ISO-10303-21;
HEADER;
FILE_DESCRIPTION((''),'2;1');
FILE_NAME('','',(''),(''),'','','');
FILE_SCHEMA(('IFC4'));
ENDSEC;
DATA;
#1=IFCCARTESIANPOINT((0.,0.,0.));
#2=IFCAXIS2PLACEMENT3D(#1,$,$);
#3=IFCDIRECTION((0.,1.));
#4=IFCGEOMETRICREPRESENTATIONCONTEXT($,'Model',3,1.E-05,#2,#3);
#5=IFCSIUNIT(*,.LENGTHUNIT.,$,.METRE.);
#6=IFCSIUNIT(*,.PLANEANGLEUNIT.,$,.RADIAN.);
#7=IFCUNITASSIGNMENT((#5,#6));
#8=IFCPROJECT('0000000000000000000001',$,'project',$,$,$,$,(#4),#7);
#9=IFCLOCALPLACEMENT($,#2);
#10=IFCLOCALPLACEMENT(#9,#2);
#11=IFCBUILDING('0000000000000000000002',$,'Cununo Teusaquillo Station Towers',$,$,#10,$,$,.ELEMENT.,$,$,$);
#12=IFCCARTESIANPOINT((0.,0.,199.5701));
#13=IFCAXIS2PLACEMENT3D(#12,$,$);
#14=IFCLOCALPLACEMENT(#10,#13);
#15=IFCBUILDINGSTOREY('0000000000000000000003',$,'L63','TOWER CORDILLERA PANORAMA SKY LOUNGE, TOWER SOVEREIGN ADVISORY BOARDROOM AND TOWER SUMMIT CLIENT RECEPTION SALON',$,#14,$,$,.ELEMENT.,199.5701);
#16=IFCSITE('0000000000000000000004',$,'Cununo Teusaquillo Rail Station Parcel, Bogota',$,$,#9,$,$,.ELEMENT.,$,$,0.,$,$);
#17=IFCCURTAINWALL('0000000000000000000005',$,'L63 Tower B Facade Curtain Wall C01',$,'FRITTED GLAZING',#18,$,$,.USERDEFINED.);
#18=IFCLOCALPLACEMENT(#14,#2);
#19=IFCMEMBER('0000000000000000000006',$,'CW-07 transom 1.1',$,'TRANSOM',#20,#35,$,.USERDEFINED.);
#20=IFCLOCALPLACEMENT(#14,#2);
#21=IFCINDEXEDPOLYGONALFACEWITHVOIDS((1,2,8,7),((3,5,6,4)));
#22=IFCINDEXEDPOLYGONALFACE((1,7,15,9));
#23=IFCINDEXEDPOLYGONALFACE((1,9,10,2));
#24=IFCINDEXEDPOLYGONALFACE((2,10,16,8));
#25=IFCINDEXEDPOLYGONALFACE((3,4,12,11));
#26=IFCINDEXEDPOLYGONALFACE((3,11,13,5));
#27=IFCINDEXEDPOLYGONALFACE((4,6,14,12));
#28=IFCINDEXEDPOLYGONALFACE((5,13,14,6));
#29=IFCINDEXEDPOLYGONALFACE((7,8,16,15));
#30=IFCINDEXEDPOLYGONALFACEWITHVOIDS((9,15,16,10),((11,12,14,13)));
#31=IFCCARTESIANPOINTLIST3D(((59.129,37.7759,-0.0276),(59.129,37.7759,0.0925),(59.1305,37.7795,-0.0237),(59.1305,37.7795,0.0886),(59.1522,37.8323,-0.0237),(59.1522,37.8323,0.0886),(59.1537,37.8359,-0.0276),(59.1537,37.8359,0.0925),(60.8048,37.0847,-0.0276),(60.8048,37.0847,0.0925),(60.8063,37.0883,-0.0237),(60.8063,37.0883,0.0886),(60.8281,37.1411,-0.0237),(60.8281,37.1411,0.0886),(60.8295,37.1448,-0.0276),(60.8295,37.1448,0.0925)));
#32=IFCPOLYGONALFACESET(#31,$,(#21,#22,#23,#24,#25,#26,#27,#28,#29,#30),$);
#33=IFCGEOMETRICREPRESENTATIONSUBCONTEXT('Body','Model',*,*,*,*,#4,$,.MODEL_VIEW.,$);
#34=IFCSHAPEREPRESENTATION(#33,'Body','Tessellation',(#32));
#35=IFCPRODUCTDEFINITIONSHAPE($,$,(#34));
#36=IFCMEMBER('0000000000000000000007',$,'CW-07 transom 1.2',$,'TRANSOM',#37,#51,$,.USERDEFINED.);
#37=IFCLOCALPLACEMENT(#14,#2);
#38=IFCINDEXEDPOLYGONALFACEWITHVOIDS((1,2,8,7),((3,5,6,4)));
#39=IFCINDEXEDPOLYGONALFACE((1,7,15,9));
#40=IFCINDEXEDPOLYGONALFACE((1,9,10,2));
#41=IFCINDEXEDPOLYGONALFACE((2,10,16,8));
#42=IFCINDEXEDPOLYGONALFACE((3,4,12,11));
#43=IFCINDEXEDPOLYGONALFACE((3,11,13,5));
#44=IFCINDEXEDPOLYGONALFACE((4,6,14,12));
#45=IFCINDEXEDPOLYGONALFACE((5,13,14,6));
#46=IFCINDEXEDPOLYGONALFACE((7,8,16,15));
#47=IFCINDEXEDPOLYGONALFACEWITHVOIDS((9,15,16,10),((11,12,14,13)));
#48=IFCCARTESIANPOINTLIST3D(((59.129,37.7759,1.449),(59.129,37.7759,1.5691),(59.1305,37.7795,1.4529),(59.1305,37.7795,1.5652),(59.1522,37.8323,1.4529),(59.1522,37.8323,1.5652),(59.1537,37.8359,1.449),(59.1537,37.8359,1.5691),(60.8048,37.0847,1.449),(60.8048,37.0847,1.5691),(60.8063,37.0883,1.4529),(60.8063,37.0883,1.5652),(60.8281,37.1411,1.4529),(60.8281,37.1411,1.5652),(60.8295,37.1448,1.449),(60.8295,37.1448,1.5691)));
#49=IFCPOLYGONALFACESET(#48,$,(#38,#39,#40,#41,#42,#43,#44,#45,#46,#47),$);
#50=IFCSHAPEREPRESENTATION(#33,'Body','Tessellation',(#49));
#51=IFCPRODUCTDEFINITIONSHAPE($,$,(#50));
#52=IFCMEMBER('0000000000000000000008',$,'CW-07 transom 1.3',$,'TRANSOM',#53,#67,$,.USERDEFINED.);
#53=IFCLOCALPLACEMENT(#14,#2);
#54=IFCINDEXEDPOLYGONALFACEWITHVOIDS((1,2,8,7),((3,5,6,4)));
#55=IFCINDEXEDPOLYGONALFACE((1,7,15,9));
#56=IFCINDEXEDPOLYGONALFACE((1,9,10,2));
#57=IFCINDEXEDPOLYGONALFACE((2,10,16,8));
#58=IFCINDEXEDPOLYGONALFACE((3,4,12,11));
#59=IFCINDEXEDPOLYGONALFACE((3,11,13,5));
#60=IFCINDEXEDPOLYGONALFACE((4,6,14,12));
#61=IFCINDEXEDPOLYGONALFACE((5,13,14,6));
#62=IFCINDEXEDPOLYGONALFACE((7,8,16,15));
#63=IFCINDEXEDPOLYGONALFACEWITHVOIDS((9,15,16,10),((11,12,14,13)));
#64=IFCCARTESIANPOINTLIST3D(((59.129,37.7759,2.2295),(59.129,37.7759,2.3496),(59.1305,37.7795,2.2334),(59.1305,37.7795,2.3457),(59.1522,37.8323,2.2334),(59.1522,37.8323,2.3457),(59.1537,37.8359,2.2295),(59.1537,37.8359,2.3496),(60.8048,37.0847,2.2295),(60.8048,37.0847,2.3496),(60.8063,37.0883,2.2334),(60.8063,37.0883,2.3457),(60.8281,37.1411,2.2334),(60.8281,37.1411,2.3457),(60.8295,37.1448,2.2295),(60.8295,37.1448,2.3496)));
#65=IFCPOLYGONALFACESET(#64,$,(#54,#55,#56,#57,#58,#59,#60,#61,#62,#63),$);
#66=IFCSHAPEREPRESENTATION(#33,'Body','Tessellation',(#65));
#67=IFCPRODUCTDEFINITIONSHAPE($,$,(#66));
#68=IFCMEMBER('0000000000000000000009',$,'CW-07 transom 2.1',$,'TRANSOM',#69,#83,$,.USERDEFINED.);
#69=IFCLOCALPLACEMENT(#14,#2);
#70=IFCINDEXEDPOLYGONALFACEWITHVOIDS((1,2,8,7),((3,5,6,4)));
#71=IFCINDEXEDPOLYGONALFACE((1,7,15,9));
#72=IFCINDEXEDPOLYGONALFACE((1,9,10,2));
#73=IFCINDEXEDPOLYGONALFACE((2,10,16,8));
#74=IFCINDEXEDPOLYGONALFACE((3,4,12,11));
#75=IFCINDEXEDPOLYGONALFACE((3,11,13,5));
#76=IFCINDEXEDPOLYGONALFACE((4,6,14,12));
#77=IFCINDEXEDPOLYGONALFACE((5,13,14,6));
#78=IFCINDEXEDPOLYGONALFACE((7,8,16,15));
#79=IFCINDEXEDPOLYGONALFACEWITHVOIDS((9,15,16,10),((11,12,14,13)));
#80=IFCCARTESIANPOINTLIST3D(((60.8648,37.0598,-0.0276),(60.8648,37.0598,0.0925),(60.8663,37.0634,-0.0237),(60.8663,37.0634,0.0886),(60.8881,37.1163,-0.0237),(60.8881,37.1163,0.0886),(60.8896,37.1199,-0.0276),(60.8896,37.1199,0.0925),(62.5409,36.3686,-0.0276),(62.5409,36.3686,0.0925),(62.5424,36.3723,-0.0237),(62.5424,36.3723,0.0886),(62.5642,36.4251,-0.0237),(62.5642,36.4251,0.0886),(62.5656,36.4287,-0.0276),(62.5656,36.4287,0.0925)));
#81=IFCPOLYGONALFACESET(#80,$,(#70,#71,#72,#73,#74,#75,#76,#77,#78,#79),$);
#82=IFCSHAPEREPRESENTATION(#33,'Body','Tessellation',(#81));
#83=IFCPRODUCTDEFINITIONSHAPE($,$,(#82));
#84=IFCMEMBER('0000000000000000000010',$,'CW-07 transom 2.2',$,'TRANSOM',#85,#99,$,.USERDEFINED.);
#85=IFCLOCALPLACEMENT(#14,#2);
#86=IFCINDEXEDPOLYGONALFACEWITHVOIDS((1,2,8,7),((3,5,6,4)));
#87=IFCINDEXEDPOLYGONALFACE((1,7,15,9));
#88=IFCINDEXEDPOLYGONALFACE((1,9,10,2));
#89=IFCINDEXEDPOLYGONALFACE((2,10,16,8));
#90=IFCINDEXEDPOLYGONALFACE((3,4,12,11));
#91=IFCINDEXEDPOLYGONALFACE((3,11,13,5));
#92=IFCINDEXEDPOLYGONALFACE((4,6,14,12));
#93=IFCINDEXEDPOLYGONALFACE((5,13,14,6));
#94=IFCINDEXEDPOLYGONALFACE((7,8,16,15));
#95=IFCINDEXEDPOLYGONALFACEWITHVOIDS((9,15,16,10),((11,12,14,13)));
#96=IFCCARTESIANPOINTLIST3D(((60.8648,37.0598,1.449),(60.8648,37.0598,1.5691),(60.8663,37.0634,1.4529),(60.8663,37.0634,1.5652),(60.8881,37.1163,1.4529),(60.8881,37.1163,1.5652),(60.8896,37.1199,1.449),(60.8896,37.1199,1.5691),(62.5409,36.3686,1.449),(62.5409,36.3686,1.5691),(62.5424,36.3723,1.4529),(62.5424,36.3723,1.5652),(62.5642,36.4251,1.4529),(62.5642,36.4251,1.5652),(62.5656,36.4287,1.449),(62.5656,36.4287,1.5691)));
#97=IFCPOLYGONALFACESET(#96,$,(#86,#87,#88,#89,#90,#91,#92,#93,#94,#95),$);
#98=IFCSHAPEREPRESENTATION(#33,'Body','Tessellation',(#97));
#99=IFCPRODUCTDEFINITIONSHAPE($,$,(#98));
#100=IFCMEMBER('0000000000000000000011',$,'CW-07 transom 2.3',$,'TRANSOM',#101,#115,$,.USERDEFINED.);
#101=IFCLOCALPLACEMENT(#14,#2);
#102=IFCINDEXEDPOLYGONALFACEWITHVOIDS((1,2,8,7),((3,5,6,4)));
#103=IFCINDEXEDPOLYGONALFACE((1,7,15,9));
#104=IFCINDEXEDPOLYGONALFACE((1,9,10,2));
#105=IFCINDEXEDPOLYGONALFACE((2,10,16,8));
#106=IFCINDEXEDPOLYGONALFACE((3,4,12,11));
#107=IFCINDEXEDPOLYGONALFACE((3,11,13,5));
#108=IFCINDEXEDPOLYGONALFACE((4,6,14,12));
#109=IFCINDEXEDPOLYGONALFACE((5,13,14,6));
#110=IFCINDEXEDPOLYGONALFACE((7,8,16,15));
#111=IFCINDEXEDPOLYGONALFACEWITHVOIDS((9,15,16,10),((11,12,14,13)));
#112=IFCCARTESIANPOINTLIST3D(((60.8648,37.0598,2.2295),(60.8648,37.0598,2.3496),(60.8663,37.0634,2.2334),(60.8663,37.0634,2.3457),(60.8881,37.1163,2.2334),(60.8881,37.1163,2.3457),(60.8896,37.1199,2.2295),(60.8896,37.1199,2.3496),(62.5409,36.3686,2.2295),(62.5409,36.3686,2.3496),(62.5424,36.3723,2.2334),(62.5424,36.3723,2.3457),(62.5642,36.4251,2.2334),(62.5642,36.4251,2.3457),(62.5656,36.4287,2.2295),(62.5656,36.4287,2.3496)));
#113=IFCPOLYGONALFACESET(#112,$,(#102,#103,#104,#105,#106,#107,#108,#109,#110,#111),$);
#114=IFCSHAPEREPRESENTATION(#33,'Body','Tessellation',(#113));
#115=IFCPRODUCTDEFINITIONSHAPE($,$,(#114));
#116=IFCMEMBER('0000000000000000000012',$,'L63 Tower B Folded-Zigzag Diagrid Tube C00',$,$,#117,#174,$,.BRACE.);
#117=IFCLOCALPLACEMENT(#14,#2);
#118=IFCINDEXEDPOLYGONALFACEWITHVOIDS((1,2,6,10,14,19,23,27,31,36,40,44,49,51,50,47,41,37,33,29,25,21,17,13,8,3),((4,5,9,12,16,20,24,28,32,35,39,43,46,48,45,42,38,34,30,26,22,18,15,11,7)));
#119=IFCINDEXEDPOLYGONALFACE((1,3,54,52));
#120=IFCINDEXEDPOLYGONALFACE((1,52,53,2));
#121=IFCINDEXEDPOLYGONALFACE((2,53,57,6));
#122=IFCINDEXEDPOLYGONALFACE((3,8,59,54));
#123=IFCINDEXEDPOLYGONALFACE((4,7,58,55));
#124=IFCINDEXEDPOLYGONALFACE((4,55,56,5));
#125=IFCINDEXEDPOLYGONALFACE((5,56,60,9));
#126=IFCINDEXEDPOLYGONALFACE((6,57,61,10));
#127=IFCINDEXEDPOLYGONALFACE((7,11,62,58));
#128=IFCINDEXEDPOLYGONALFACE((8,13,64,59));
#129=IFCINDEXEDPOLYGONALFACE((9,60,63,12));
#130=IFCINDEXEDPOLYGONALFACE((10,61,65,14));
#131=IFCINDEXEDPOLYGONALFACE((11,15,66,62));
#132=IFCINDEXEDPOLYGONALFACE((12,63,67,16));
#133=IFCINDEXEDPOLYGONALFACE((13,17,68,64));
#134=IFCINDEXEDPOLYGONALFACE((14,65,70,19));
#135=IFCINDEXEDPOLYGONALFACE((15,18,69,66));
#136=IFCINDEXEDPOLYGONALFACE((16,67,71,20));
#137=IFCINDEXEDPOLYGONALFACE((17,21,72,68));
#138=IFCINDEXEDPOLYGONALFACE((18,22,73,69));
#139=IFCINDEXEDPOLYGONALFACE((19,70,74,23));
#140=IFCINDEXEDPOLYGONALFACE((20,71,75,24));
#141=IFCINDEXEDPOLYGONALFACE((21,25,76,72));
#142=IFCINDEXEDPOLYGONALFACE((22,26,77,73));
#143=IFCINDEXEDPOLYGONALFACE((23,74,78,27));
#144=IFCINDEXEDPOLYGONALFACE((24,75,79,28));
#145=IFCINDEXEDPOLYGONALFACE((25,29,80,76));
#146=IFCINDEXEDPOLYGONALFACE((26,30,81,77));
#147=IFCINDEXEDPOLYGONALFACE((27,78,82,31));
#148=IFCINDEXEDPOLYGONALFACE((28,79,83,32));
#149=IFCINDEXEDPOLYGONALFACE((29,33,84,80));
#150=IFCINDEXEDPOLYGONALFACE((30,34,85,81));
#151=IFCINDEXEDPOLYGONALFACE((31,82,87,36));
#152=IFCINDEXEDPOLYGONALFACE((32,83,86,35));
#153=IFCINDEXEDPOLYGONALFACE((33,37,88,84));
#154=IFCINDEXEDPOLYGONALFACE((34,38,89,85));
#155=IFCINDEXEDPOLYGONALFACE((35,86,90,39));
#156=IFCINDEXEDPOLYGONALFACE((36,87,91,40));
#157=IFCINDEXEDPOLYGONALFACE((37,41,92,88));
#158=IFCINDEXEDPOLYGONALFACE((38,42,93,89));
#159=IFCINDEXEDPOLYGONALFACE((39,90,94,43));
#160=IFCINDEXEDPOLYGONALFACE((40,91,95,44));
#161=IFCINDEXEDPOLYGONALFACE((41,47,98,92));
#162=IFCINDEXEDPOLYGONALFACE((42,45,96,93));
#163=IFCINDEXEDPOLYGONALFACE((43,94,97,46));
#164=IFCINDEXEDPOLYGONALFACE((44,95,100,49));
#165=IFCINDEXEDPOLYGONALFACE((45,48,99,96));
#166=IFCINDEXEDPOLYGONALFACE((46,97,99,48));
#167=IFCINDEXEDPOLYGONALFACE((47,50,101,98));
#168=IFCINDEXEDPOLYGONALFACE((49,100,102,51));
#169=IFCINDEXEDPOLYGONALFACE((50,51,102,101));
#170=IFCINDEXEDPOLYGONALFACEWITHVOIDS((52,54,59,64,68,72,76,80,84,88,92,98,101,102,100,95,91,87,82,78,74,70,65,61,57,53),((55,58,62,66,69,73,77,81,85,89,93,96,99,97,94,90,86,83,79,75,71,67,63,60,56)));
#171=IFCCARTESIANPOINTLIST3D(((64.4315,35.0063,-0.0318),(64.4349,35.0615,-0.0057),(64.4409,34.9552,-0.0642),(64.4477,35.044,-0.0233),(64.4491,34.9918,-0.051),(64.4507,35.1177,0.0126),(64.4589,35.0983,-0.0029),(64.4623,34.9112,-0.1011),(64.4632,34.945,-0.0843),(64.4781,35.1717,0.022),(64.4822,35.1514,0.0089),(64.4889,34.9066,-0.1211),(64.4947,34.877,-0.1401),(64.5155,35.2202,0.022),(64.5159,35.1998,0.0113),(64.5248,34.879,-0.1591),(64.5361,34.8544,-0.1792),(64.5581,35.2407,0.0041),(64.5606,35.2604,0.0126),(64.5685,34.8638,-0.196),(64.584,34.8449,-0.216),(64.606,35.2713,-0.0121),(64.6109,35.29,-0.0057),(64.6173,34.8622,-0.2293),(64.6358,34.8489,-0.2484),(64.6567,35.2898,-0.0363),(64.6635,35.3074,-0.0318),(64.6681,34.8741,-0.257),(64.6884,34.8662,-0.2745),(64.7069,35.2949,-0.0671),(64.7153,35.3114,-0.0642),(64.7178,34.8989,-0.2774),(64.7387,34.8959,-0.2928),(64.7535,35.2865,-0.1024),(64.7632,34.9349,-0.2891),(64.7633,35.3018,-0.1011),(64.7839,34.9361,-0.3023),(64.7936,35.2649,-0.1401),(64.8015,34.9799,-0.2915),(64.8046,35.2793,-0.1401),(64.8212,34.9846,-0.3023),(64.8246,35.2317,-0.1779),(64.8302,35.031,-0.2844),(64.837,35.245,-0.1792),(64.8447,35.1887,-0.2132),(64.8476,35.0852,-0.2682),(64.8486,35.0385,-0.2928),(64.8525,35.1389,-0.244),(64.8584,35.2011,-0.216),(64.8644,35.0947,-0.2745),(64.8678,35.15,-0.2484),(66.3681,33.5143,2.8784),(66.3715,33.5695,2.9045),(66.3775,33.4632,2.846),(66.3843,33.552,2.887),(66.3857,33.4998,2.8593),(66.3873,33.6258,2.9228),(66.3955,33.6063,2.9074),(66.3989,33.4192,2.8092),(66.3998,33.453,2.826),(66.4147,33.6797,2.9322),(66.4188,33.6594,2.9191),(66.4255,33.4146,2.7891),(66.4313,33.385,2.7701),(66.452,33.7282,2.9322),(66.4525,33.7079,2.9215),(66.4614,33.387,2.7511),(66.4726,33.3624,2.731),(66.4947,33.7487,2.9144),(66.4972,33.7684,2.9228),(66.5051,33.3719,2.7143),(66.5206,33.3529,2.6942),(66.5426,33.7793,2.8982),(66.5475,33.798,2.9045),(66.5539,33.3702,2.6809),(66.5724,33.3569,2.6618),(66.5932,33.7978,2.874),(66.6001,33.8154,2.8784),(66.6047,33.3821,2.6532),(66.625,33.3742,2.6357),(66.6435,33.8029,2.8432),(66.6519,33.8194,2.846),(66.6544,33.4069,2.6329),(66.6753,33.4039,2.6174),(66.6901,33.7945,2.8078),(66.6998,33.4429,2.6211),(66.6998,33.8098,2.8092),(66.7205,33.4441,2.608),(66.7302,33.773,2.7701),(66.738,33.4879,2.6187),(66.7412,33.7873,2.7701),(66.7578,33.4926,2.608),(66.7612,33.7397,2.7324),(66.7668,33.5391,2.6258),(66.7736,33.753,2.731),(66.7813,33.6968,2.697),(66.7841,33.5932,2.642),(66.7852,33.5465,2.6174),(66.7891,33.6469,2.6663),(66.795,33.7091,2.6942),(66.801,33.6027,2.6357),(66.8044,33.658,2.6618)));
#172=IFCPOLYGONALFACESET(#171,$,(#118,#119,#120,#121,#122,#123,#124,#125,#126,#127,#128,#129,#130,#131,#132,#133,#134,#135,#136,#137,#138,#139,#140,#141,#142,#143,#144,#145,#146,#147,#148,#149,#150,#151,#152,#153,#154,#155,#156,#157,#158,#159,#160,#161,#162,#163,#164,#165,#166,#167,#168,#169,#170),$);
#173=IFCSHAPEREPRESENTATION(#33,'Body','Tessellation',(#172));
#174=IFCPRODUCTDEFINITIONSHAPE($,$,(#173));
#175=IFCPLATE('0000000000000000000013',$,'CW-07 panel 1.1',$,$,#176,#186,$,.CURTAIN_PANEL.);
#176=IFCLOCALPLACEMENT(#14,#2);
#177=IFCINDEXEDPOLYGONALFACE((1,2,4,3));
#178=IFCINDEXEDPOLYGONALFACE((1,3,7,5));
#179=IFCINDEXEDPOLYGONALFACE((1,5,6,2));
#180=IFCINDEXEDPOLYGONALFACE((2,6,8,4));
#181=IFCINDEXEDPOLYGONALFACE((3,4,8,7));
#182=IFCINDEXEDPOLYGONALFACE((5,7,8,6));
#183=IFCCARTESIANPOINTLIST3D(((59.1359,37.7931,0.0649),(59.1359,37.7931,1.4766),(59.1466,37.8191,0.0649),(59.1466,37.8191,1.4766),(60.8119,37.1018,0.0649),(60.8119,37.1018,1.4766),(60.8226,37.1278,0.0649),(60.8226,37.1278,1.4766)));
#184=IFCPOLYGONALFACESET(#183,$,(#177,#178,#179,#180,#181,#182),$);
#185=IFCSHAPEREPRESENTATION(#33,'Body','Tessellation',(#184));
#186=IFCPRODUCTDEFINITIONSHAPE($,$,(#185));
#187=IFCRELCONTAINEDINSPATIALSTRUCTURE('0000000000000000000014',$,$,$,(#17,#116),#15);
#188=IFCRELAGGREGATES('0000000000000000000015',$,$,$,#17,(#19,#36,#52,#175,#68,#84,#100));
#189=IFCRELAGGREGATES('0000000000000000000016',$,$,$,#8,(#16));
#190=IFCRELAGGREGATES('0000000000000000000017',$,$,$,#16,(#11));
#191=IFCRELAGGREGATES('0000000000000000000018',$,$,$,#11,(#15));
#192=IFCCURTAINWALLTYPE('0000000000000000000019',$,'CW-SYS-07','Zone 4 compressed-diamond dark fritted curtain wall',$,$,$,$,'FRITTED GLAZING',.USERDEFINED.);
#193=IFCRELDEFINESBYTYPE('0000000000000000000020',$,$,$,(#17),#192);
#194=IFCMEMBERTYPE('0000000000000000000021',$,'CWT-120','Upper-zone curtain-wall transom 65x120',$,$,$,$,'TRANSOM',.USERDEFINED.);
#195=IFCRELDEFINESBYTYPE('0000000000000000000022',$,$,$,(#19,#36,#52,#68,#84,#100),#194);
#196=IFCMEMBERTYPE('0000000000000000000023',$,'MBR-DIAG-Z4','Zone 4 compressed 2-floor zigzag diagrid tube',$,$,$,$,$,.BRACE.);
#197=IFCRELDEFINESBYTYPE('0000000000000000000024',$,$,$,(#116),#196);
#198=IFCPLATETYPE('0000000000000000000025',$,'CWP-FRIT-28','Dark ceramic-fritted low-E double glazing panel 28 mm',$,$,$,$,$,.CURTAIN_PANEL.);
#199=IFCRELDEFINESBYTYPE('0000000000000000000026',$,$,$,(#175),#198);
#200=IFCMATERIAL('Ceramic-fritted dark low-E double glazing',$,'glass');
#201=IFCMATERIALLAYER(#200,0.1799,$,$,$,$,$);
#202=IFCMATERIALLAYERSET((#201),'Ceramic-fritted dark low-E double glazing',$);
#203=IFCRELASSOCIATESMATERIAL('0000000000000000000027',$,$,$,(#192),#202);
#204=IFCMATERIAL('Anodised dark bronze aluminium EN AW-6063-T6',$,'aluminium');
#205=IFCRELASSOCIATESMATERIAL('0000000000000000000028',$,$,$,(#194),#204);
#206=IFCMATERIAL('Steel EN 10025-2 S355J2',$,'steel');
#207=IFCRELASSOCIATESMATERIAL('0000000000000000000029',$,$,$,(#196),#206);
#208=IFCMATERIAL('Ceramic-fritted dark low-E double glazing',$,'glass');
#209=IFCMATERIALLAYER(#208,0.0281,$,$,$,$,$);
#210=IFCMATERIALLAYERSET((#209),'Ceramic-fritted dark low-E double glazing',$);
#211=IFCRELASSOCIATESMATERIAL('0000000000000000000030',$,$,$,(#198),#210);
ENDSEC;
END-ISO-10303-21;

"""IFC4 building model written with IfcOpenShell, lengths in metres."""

from ifc_helpers import new_model, si_unit, direction, frame, origin, origin_2d, place, context, subcontext, project, spatial, rectangle, hollow_rectangle, hollow_circle, extrude, source, transform, mapped, material, layer, layer_set, material_profile, profile_set, type_object, element, aggregate, save


model = new_model("IFC4")

# Units and contexts
model_context = context("Model", 3, precision=1e-05, world=origin(), true_north=direction((0.0, 1.0)))
body_context = subcontext(model_context, "Body", "Model", "MODEL_VIEW")
ifc_project = project(units=[si_unit("LENGTHUNIT", "METRE"), si_unit("PLANEANGLEUNIT", "RADIAN")], contexts=[model_context])

# Site, building, storey
site_placement = place(None, origin())
site = spatial("IfcSite", under=ifc_project, at=site_placement, Name="Cununo Teusaquillo Rail Station Parcel, Bogota", CompositionType="ELEMENT", RefElevation=0.0)
building_placement = place(site_placement, origin())
building = spatial("IfcBuilding", under=site, at=building_placement, Name="Cununo Teusaquillo Station Towers", CompositionType="ELEMENT")
storey_placement = place(building_placement, frame((0.0, 0.0, 199.5701)))
storey = spatial("IfcBuildingStorey", under=building, at=storey_placement, Name="L63", Description="TOWER CORDILLERA PANORAMA SKY LOUNGE, TOWER SOVEREIGN ADVISORY BOARDROOM AND TOWER SUMMIT CLIENT RECEPTION SALON", CompositionType="ELEMENT", Elevation=199.5701)

# Curtain wall, members
ifc_material_1 = material(Name="Ceramic-fritted dark low-E double glazing", Category="glass")
ifc_layer_1 = layer(ifc_material_1, 0.1799)
ifc_layer_set_1 = layer_set([ifc_layer_1], Name="Ceramic-fritted dark low-E double glazing")
curtain_wall_type = type_object("IfcCurtainWallType", Name="CW-SYS-07", Description="Zone 4 compressed-diamond dark fritted curtain wall", ElementType="FRITTED GLAZING", PredefinedType="USERDEFINED", material=ifc_layer_set_1)
curtain_wall_placement = place(storey_placement, origin())
curtain_wall = element("IfcCurtainWall", 1, at=curtain_wall_placement, inside=storey, type_object=curtain_wall_type, Name="L63 Tower B Facade Curtain Wall C01", ObjectType="FRITTED GLAZING", PredefinedType="USERDEFINED")
ifc_material_2 = material(Name="Anodised dark bronze aluminium EN AW-6063-T6", Category="aluminium")
ifc_material_profile_1 = material_profile(ifc_material_2, hollow_rectangle(XDim=0.0649, YDim=0.1201, WallThickness=0.0039, at=origin_2d()), Name="CW-TRAN-65x120")
ifc_profile_set_1 = profile_set([ifc_material_profile_1], Name="Anodised dark bronze aluminium EN AW-6063-T6")
member_type_1 = type_object("IfcMemberType", Name="CWT-120", Description="Upper-zone curtain-wall transom 65x120", ElementType="TRANSOM", PredefinedType="USERDEFINED", material=ifc_profile_set_1)
member_1_placement = place(storey_placement, frame((59.1414, 37.8059, 0.0325), z_axis=(0.924458, -0.381285, 0.0), x_axis=(0.381285, 0.924458, 0.0)))
member_1 = element("IfcMember", 2, at=member_1_placement, type_object=member_type_1, Name="CW-07 transom 1.1", ObjectType="TRANSOM", PredefinedType="USERDEFINED", context=body_context, shape_type="SweptSolid", body=[
    extrude(hollow_rectangle(XDim=0.0649, YDim=0.1201, WallThickness=0.0039, at=origin_2d()), origin(), (0.0, 0.0, 1.0), 1.8127),
])
member_2_placement = place(storey_placement, frame((59.1414, 37.8059, 1.509), z_axis=(0.924458, -0.381285, 0.0), x_axis=(0.381285, 0.924458, 0.0)))
member_2 = element("IfcMember", 3, at=member_2_placement, type_object=member_type_1, Name="CW-07 transom 1.2", ObjectType="TRANSOM", PredefinedType="USERDEFINED", context=body_context, shape_type="SweptSolid", body=[
    extrude(hollow_rectangle(XDim=0.0649, YDim=0.1201, WallThickness=0.0039, at=origin_2d()), origin(), (0.0, 0.0, 1.0), 1.8127),
])
member_3_placement = place(storey_placement, frame((59.1414, 37.8059, 2.2896), z_axis=(0.924458, -0.381285, 0.0), x_axis=(0.381285, 0.924458, 0.0)))
member_3 = element("IfcMember", 4, at=member_3_placement, type_object=member_type_1, Name="CW-07 transom 1.3", ObjectType="TRANSOM", PredefinedType="USERDEFINED", context=body_context, shape_type="SweptSolid", body=[
    extrude(hollow_rectangle(XDim=0.0649, YDim=0.1201, WallThickness=0.0039, at=origin_2d()), origin(), (0.0, 0.0, 1.0), 1.8127),
])
member_4_placement = place(storey_placement, frame((60.8772, 37.0898, 0.0325), z_axis=(0.924477, -0.381237, 0.0), x_axis=(0.381237, 0.924477, 0.0)))
member_4 = element("IfcMember", 5, at=member_4_placement, type_object=member_type_1, Name="CW-07 transom 2.1", ObjectType="TRANSOM", PredefinedType="USERDEFINED", context=body_context, shape_type="SweptSolid", body=[
    extrude(hollow_rectangle(XDim=0.0649, YDim=0.1201, WallThickness=0.0039, at=origin_2d()), origin(), (0.0, 0.0, 1.0), 1.813),
])
member_5_placement = place(storey_placement, frame((60.8772, 37.0898, 1.509), z_axis=(0.924477, -0.381237, 0.0), x_axis=(0.381237, 0.924477, 0.0)))
member_5 = element("IfcMember", 6, at=member_5_placement, type_object=member_type_1, Name="CW-07 transom 2.2", ObjectType="TRANSOM", PredefinedType="USERDEFINED", context=body_context, shape_type="SweptSolid", body=[
    extrude(hollow_rectangle(XDim=0.0649, YDim=0.1201, WallThickness=0.0039, at=origin_2d()), origin(), (0.0, 0.0, 1.0), 1.813),
])
member_6_placement = place(storey_placement, frame((60.8772, 37.0898, 2.2896), z_axis=(0.924477, -0.381237, 0.0), x_axis=(0.381237, 0.924477, 0.0)))
member_6 = element("IfcMember", 7, at=member_6_placement, type_object=member_type_1, Name="CW-07 transom 2.3", ObjectType="TRANSOM", PredefinedType="USERDEFINED", context=body_context, shape_type="SweptSolid", body=[
    extrude(hollow_rectangle(XDim=0.0649, YDim=0.1201, WallThickness=0.0039, at=origin_2d()), origin(), (0.0, 0.0, 1.0), 1.813),
])

# Member
ifc_material_3 = material(Name="Steel EN 10025-2 S355J2", Category="steel")
ifc_material_profile_2 = material_profile(ifc_material_3, hollow_circle(Radius=0.2539, WallThickness=0.0181, at=origin_2d()), Name="CHS 508x18")
ifc_profile_set_2 = profile_set([ifc_material_profile_2], Name="Steel EN 10025-2 S355J2")
member_type_2 = type_object("IfcMemberType", Name="MBR-DIAG-Z4", Description="Zone 4 compressed 2-floor zigzag diagrid tube", PredefinedType="BRACE", material=ifc_profile_set_2)
member_7_placement = place(storey_placement, frame((64.6497, 35.0781, -0.1401), z_axis=(0.509523, -0.392548, 0.765697), x_axis=(0.610304, 0.792167, 0.0)))
element("IfcMember", 8, at=member_7_placement, inside=storey, type_object=member_type_2, Name="L63 Tower B Folded-Zigzag Diagrid Tube C00", PredefinedType="BRACE", context=body_context, shape_type="SweptSolid", body=[
    extrude(hollow_circle(Radius=0.2539, WallThickness=0.0181, at=origin_2d()), origin(), (0.0, 0.0, 1.0), 3.8008),
])

# Plate
ifc_material_4 = material(Name="Ceramic-fritted dark low-E double glazing", Category="glass")
ifc_layer_2 = layer(ifc_material_4, 0.0281)
ifc_layer_set_2 = layer_set([ifc_layer_2], Name="Ceramic-fritted dark low-E double glazing")
plate_type = type_object("IfcPlateType", Name="CWP-FRIT-28", Description="Dark ceramic-fritted low-E double glazing panel 28 mm", PredefinedType="CURTAIN_PANEL", material=ifc_layer_set_2)
shared_shape_1 = source(origin(), body_context, "Body", "SweptSolid", [
    extrude(rectangle(XDim=1.813, YDim=0.0281, at=origin_2d()), origin(), (0.0, 0.0, 1.0), 1.4116),
])
plate_1_placement = place(storey_placement, frame((59.9792, 37.4604, 0.0649), z_axis=(0.0, 0.0, 1.0), x_axis=(0.924447, -0.381311, 0.0)))
plate_1 = element("IfcPlate", 9, at=plate_1_placement, type_object=plate_type, Name="CW-07 panel 1.1", PredefinedType="CURTAIN_PANEL", context=body_context, shape_type="MappedRepresentation", body=[
    mapped(shared_shape_1, transform((0.0, 0.0, 0.0), x_axis=(1.0, 0.0, 0.0), y_axis=(0.0, 1.0, 0.0), z_axis=(0.0, 0.0, 1.0), scale=1.0)),
])
aggregate(curtain_wall, [member_1, member_2, member_3, plate_1, member_4, member_5, member_6])

save(model, "model.ifc")
